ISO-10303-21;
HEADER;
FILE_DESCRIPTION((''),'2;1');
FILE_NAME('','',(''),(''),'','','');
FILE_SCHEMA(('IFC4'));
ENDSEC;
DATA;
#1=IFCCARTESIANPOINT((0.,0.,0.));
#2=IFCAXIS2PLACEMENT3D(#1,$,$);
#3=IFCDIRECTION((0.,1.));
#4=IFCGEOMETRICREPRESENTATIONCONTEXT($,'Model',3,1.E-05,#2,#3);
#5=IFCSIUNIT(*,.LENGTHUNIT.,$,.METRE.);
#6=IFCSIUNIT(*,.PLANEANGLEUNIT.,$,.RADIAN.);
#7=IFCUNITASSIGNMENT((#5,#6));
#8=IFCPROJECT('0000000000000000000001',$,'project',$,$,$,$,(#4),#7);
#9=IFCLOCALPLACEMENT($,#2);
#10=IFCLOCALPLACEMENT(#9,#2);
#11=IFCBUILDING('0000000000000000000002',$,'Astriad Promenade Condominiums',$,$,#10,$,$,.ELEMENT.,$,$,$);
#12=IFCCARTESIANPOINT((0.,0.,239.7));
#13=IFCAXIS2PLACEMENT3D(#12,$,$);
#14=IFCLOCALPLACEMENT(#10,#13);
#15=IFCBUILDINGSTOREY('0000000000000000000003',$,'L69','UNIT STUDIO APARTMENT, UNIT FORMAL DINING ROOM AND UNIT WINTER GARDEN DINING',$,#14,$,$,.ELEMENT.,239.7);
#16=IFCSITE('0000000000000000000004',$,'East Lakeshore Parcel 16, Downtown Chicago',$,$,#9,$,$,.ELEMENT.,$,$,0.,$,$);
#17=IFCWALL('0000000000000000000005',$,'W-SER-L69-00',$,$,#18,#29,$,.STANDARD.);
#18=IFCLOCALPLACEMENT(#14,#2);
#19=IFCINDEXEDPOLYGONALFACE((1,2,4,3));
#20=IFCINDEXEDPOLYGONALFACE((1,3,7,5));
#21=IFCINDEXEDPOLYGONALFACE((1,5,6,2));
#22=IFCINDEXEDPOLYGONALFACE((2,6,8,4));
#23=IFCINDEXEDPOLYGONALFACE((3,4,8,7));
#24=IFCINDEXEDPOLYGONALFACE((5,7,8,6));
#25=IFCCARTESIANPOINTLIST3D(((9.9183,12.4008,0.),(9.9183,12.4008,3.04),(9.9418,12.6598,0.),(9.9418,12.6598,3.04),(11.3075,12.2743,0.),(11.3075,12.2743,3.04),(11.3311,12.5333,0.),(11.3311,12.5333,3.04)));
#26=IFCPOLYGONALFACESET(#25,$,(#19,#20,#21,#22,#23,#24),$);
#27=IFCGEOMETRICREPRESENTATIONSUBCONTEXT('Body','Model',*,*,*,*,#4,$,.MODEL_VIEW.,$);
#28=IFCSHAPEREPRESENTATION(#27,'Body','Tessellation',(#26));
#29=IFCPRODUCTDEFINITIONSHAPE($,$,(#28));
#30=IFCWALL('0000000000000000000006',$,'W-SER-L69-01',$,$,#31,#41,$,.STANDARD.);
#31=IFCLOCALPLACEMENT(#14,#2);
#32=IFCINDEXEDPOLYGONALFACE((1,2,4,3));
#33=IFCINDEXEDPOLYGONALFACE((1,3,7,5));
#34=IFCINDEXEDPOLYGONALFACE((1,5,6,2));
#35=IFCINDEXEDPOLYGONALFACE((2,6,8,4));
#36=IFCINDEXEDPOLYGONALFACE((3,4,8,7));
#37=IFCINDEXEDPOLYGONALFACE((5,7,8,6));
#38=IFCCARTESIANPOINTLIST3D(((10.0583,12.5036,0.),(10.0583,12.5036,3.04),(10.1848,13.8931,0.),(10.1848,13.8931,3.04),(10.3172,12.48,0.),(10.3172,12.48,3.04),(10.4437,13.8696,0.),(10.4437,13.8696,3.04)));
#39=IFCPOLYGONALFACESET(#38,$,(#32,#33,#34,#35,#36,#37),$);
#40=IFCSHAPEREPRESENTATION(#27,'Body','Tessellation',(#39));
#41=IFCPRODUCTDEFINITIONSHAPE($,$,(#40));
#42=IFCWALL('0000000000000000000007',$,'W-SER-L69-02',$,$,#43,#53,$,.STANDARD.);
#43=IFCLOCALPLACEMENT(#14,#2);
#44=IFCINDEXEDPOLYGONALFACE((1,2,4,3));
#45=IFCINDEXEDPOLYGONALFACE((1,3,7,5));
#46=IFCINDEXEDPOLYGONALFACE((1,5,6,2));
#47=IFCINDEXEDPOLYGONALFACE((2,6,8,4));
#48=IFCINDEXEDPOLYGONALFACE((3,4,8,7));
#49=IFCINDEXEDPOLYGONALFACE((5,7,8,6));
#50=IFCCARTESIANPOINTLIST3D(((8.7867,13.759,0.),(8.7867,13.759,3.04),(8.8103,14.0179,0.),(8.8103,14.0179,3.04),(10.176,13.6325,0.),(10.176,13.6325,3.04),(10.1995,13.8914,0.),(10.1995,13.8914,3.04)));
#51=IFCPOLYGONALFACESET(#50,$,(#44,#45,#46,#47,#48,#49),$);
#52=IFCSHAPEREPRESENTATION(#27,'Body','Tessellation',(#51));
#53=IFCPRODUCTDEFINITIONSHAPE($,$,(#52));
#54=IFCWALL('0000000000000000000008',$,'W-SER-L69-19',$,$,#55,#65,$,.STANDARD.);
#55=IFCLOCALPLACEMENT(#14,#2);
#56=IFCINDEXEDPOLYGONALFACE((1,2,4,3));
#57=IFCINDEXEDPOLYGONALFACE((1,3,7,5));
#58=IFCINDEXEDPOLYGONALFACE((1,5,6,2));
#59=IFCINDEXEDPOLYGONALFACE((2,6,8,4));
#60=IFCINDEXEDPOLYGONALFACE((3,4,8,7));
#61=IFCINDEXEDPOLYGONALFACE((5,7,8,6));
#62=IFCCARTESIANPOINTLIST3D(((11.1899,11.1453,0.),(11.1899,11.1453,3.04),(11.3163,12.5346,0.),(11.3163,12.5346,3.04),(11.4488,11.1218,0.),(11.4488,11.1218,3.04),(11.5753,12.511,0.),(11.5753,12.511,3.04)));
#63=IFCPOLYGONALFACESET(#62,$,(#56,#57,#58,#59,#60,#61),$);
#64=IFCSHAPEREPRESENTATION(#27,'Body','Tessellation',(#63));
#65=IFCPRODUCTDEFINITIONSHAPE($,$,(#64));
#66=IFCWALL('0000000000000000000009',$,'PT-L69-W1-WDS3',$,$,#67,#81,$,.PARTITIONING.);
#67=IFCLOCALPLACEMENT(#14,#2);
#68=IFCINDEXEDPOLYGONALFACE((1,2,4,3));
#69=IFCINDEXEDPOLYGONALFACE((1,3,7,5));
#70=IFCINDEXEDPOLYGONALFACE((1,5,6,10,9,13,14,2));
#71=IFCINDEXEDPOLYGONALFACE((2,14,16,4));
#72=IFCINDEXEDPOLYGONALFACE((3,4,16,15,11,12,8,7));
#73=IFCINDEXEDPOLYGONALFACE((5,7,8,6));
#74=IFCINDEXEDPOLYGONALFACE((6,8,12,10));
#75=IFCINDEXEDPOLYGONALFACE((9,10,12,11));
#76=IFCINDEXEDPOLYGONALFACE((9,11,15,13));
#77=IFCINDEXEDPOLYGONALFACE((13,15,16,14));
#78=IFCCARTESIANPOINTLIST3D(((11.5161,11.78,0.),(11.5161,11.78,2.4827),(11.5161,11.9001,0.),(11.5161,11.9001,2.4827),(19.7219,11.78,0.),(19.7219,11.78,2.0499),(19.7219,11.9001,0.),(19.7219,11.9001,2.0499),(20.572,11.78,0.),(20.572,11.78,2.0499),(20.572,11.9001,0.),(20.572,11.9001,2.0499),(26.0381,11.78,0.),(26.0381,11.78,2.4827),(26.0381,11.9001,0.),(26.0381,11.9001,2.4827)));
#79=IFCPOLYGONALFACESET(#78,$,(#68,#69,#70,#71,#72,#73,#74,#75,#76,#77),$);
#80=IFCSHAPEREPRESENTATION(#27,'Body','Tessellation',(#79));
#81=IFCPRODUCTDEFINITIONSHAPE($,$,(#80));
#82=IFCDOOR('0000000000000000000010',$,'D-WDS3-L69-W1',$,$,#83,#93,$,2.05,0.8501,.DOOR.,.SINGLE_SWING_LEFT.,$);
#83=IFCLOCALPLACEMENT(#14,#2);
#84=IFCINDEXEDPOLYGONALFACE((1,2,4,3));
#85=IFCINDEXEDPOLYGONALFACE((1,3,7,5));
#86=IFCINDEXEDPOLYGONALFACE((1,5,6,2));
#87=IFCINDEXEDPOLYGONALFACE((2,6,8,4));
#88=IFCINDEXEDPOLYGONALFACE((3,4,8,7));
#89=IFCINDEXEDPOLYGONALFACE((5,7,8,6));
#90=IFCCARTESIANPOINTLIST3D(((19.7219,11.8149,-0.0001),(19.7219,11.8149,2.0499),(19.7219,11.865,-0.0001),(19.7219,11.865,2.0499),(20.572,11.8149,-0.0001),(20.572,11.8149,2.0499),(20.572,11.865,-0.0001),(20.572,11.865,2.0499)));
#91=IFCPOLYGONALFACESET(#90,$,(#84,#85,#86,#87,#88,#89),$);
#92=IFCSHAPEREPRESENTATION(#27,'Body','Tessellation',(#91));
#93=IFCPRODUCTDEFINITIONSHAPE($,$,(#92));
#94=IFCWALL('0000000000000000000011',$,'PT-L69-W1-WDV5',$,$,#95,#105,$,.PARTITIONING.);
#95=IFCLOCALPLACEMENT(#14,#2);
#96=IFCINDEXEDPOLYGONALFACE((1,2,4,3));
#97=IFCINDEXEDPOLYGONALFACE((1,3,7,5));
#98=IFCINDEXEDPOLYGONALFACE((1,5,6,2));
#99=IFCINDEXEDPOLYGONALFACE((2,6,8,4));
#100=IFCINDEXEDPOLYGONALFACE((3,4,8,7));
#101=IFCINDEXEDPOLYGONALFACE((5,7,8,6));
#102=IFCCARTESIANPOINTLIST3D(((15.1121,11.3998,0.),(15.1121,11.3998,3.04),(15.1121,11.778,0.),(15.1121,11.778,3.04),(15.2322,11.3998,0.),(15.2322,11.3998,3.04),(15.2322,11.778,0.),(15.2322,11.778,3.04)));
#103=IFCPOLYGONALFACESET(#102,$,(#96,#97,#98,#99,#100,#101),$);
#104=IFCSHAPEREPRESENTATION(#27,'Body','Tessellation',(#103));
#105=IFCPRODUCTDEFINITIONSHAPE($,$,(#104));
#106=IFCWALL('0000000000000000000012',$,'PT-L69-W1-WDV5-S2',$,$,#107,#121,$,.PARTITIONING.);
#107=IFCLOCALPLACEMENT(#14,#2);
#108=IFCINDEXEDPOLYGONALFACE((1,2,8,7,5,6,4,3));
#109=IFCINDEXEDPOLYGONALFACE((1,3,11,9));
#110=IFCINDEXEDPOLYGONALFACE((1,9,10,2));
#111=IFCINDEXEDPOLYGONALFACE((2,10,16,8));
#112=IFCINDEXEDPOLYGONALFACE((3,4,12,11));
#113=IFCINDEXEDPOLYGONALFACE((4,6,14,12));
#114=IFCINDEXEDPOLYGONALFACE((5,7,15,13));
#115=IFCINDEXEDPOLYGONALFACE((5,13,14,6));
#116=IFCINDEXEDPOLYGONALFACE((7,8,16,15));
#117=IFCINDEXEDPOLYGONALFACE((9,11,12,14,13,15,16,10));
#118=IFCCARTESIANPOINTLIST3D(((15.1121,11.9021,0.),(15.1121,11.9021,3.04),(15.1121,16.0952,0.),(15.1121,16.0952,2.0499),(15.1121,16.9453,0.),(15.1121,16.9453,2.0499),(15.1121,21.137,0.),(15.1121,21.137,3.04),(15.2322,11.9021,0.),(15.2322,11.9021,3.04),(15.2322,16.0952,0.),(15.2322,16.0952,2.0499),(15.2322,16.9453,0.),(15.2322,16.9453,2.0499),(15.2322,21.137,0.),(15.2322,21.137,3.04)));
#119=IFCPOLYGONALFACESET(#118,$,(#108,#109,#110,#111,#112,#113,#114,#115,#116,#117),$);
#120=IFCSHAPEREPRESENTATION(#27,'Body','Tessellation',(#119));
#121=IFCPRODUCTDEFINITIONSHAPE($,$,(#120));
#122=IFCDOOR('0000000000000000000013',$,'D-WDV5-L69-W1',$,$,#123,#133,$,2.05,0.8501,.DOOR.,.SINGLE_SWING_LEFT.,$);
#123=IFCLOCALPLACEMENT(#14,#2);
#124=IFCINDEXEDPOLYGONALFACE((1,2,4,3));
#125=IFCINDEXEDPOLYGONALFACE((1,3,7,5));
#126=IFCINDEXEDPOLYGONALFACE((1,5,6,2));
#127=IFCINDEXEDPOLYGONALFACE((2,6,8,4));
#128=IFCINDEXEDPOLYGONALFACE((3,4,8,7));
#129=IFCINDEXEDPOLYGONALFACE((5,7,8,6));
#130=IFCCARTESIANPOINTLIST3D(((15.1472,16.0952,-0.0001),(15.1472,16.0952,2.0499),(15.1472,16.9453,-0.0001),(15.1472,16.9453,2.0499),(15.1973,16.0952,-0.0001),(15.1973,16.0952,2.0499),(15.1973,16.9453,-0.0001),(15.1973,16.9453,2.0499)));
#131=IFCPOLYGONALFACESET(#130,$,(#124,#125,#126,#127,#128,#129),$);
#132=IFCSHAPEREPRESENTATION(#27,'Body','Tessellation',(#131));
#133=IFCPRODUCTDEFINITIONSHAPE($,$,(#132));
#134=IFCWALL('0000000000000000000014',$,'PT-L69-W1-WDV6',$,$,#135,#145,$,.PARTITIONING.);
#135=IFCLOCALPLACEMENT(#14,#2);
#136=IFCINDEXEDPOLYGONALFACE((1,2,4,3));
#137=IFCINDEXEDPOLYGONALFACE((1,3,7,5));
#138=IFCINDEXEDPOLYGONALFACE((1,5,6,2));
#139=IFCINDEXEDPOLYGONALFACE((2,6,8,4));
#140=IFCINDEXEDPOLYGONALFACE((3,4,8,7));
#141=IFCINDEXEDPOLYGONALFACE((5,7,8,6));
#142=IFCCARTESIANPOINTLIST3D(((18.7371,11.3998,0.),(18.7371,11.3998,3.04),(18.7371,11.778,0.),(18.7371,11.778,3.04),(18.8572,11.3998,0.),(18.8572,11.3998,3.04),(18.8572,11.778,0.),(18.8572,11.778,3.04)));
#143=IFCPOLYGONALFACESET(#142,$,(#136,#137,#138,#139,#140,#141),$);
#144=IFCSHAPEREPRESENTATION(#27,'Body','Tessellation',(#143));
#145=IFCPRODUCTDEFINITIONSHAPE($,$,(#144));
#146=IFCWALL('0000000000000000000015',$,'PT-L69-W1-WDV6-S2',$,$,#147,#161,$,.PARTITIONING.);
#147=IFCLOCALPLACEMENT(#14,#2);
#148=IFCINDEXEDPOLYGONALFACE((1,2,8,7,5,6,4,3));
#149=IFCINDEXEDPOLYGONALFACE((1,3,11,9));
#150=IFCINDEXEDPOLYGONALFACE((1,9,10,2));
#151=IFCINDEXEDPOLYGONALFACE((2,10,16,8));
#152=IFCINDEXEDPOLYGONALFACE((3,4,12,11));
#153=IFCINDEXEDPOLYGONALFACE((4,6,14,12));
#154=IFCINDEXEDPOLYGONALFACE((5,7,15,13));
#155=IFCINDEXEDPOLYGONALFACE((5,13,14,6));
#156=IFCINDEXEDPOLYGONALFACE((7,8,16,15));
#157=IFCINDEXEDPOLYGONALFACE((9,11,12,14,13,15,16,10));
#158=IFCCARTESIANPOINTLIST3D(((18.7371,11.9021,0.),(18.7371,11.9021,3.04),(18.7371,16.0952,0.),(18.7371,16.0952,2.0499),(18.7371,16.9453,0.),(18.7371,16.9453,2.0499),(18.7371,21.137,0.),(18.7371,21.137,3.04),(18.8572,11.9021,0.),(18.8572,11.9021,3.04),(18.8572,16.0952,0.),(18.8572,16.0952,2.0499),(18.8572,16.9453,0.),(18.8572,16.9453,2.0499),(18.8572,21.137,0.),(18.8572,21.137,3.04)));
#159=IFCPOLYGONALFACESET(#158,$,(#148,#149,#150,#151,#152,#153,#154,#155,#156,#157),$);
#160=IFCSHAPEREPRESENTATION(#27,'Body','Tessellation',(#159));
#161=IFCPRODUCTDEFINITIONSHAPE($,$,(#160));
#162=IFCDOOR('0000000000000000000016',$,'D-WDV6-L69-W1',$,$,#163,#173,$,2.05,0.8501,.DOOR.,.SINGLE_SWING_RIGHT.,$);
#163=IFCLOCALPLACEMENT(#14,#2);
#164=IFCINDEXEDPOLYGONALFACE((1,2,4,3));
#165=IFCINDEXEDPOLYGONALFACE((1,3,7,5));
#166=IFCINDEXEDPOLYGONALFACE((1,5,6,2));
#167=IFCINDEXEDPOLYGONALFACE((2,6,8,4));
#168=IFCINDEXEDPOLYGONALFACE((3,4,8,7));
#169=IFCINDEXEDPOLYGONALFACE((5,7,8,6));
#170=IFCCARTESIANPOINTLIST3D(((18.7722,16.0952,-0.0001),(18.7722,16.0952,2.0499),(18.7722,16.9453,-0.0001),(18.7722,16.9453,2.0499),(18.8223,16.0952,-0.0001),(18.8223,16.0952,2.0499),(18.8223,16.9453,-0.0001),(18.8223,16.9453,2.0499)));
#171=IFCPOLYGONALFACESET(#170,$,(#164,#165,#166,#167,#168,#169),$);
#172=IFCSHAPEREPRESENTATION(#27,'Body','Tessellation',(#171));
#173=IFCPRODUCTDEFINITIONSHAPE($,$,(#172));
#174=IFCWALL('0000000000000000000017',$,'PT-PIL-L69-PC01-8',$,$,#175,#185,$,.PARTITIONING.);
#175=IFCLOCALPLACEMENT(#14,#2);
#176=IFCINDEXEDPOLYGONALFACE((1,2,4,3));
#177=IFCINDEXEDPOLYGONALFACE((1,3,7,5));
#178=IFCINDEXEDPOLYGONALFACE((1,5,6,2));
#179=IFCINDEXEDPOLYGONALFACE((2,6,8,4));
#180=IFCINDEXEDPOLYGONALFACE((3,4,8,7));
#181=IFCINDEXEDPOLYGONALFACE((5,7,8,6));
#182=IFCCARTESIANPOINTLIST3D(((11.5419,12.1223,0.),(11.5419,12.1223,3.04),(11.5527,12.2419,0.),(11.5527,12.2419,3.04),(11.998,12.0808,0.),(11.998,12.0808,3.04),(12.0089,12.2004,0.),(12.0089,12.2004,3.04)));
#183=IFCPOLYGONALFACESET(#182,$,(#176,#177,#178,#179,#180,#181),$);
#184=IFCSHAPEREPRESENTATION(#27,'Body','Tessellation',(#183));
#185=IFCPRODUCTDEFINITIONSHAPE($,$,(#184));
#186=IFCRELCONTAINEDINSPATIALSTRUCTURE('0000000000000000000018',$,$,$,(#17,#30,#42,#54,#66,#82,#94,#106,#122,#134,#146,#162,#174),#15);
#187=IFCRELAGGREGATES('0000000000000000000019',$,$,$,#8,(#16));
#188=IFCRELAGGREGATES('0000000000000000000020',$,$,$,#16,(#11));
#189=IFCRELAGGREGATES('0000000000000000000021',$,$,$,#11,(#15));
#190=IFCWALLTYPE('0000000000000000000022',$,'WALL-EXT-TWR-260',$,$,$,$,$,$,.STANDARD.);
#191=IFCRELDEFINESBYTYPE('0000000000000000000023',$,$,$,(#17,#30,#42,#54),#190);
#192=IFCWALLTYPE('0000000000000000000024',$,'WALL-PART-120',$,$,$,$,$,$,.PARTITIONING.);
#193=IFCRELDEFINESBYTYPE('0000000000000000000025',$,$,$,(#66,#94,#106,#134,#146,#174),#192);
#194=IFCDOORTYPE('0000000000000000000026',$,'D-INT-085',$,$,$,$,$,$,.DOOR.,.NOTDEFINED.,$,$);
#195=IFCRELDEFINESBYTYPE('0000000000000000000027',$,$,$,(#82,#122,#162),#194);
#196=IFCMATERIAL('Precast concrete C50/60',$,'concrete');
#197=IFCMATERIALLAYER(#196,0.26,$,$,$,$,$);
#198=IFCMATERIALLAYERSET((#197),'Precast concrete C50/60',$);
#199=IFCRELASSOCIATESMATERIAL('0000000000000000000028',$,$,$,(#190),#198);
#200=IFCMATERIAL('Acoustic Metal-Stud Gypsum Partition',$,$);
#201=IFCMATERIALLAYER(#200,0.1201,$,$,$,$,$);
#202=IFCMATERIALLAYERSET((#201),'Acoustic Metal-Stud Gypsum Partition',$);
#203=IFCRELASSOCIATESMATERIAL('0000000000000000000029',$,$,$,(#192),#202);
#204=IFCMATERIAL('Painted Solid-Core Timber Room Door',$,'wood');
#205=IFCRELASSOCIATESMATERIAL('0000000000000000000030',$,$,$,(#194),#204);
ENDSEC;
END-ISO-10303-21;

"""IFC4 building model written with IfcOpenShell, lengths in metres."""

from ifc_helpers import new_model, si_unit, direction, frame, frame_2d, origin, place, context, subcontext, project, spatial, rectangle, extrude, source, transform, mapped, material, layer, layer_set, type_object, type_shapes, element, fill, save


model = new_model("IFC4")

# Units and contexts
model_context = context("Model", 3, precision=1e-05, world=origin(), true_north=direction((0.0, 1.0)))
body_context = subcontext(model_context, "Body", "Model", "MODEL_VIEW")
ifc_project = project(units=[si_unit("LENGTHUNIT", "METRE"), si_unit("PLANEANGLEUNIT", "RADIAN")], contexts=[model_context])

# Site, building, storey
site_placement = place(None, origin())
site = spatial("IfcSite", under=ifc_project, at=site_placement, Name="East Lakeshore Parcel 16, Downtown Chicago", CompositionType="ELEMENT", RefElevation=0.0)
building_placement = place(site_placement, origin())
building = spatial("IfcBuilding", under=site, at=building_placement, Name="Astriad Promenade Condominiums", CompositionType="ELEMENT")
storey_placement = place(building_placement, frame((0.0, 0.0, 239.7)))
storey = spatial("IfcBuildingStorey", under=building, at=storey_placement, Name="L69", Description="UNIT STUDIO APARTMENT, UNIT FORMAL DINING ROOM AND UNIT WINTER GARDEN DINING", CompositionType="ELEMENT", Elevation=239.7)

# Shared definitions
ifc_material_1 = material(Name="Precast concrete C50/60", Category="concrete")

# Walls
ifc_layer_1 = layer(ifc_material_1, 0.26)
ifc_layer_set_1 = layer_set([ifc_layer_1], Name="Precast concrete C50/60")
wall_type_1 = type_object("IfcWallType", Name="WALL-EXT-TWR-260", PredefinedType="STANDARD", material=ifc_layer_set_1)
wall_1_placement = place(storey_placement, frame((11.3193, 12.4038, 0.0), z_axis=(0.0, 0.0, 1.0), x_axis=(-0.995882, 0.090662, 0.0)))
element("IfcWall", 1, at=wall_1_placement, inside=storey, type_object=wall_type_1, Name="W-SER-L69-00", PredefinedType="STANDARD", context=body_context, shape_type="SweptSolid", body=[
    extrude(rectangle(XDim=1.395, YDim=0.26, at=frame_2d((0.6975, 0.0))), origin(), (0.0, 0.0, 1.0), 3.04),
])
wall_2_placement = place(storey_placement, frame((10.1877, 12.4917, 0.0), z_axis=(0.0, 0.0, 1.0), x_axis=(0.090646, 0.995883, 0.0)))
element("IfcWall", 2, at=wall_2_placement, inside=storey, type_object=wall_type_1, Name="W-SER-L69-01", PredefinedType="STANDARD", context=body_context, shape_type="SweptSolid", body=[
    extrude(rectangle(XDim=1.3953, YDim=0.26, at=frame_2d((0.6978, 0.0))), origin(), (0.0, 0.0, 1.0), 3.04),
])
for number, where, z_axis, x_axis, name in (
    (3, (10.1877, 13.762, 0.0), (0.0, 0.0, 1.0), (-0.995882, 0.090662, 0.0), "W-SER-L69-02"),
    (4, (11.3193, 11.1335, 0.0), (0.0, 0.0, 1.0), (0.090662, 0.995882, 0.0), "W-SER-L69-19"),
):
    element("IfcWall", number, at=place(storey_placement, frame(where, z_axis=z_axis, x_axis=x_axis)), inside=storey, type_object=wall_type_1, Name=name, PredefinedType="STANDARD", context=body_context, shape_type="SweptSolid", body=[
        extrude(rectangle(XDim=1.395, YDim=0.26, at=frame_2d((0.6975, 0.0))), origin(), (0.0, 0.0, 1.0), 3.04),
    ])

# Wall, opening, door
ifc_material_2 = material(Name="Acoustic Metal-Stud Gypsum Partition")
ifc_layer_2 = layer(ifc_material_2, 0.1201)
ifc_layer_set_2 = layer_set([ifc_layer_2], Name="Acoustic Metal-Stud Gypsum Partition")
wall_type_2 = type_object("IfcWallType", Name="WALL-PART-120", PredefinedType="PARTITIONING", material=ifc_layer_set_2)
wall_3_placement = place(storey_placement, frame((11.5161, 11.8401, 0.0), z_axis=(0.0, 0.0, 1.0), x_axis=(1.0, 0.0, 0.0)))
wall_3 = element("IfcWall", 5, at=wall_3_placement, inside=storey, type_object=wall_type_2, Name="PT-L69-W1-WDS3", PredefinedType="PARTITIONING", context=body_context, shape_type="SweptSolid", body=[
    extrude(rectangle(XDim=14.522, YDim=0.1201, at=frame_2d((7.261, 0.0))), origin(), (0.0, 0.0, 1.0), 2.4827),
])
opening_1_placement = place(wall_3_placement, frame((8.2058, 0.0, 0.0)))
opening_1 = element("IfcOpeningElement", 6, at=opening_1_placement, cuts=wall_3, PredefinedType="OPENING", context=body_context, shape_type="SweptSolid", body=[
    extrude(rectangle(XDim=0.8501, YDim=2.05, at=frame_2d((0.425, 1.0249))), frame((0.0, 0.0701, 0.0), z_axis=(0.0, -1.0, 0.0), x_axis=(1.0, 0.0, 0.0)), (0.0, 0.0, 1.0), 0.1401),
])
ifc_material_3 = material(Name="Painted Solid-Core Timber Room Door", Category="wood")
door_type = type_object("IfcDoorType", Name="D-INT-085", OperationType="NOTDEFINED", PredefinedType="DOOR", material=ifc_material_3)
shared_shape_1 = source(origin(), body_context, "Body", "SweptSolid", [
    extrude(rectangle(XDim=0.8501, YDim=2.05, at=frame_2d((0.425, 1.0249))), frame((0.0, 0.0249, 0.0), z_axis=(0.0, -1.0, 0.0), x_axis=(1.0, 0.0, 0.0)), (0.0, 0.0, 1.0), 0.05),
])
type_shapes(door_type, [shared_shape_1])
door_1_placement = place(opening_1_placement, origin())
door_1 = element("IfcDoor", 7, at=door_1_placement, inside=storey, type_object=door_type, Name="D-WDS3-L69-W1", OperationType="SINGLE_SWING_LEFT", OverallHeight=2.05, OverallWidth=0.8501, PredefinedType="DOOR", context=body_context, shape_type="MappedRepresentation", body=[
    mapped(shared_shape_1, transform((0.0, 0.0, 0.0), scale=1.0)),
])
fill(opening_1, door_1)

# Wall
wall_4_placement = place(storey_placement, frame((15.1721, 11.3999, 0.0), z_axis=(0.0, 0.0, 1.0), x_axis=(0.0, 1.0, 0.0)))
element("IfcWall", 8, at=wall_4_placement, inside=storey, type_object=wall_type_2, Name="PT-L69-W1-WDV5", PredefinedType="PARTITIONING", context=body_context, shape_type="SweptSolid", body=[
    extrude(rectangle(XDim=0.3782, YDim=0.1201, at=frame_2d((0.189, 0.0))), origin(), (0.0, 0.0, 1.0), 3.04),
])

# Wall, opening, door
wall_5_placement = place(storey_placement, frame((15.1721, 11.9021, 0.0), z_axis=(0.0, 0.0, 1.0), x_axis=(0.0, 1.0, 0.0)))
wall_5 = element("IfcWall", 9, at=wall_5_placement, inside=storey, type_object=wall_type_2, Name="PT-L69-W1-WDV5-S2", PredefinedType="PARTITIONING", context=body_context, shape_type="SweptSolid", body=[
    extrude(rectangle(XDim=9.2349, YDim=0.1201, at=frame_2d((4.6174, 0.0))), origin(), (0.0, 0.0, 1.0), 3.04),
])
opening_2_placement = place(wall_5_placement, frame((4.1931, 0.0, 0.0)))
opening_2 = element("IfcOpeningElement", 10, at=opening_2_placement, cuts=wall_5, PredefinedType="OPENING", context=body_context, shape_type="SweptSolid", body=[
    extrude(rectangle(XDim=0.8501, YDim=2.05, at=frame_2d((0.425, 1.0249))), frame((0.0, 0.0701, 0.0), z_axis=(0.0, -1.0, 0.0), x_axis=(1.0, 0.0, 0.0)), (0.0, 0.0, 1.0), 0.1401),
])
door_2_placement = place(opening_2_placement, origin())
door_2 = element("IfcDoor", 11, at=door_2_placement, inside=storey, type_object=door_type, Name="D-WDV5-L69-W1", OperationType="SINGLE_SWING_LEFT", OverallHeight=2.05, OverallWidth=0.8501, PredefinedType="DOOR", context=body_context, shape_type="MappedRepresentation", body=[
    mapped(shared_shape_1, transform((0.0, 0.0, 0.0), scale=1.0)),
])
fill(opening_2, door_2)

# Wall
wall_6_placement = place(storey_placement, frame((18.7971, 11.3999, 0.0), z_axis=(0.0, 0.0, 1.0), x_axis=(0.0, 1.0, 0.0)))
element("IfcWall", 12, at=wall_6_placement, inside=storey, type_object=wall_type_2, Name="PT-L69-W1-WDV6", PredefinedType="PARTITIONING", context=body_context, shape_type="SweptSolid", body=[
    extrude(rectangle(XDim=0.3782, YDim=0.1201, at=frame_2d((0.189, 0.0))), origin(), (0.0, 0.0, 1.0), 3.04),
])

# Wall, opening, door
wall_7_placement = place(storey_placement, frame((18.7971, 11.9021, 0.0), z_axis=(0.0, 0.0, 1.0), x_axis=(0.0, 1.0, 0.0)))
wall_7 = element("IfcWall", 13, at=wall_7_placement, inside=storey, type_object=wall_type_2, Name="PT-L69-W1-WDV6-S2", PredefinedType="PARTITIONING", context=body_context, shape_type="SweptSolid", body=[
    extrude(rectangle(XDim=9.2349, YDim=0.1201, at=frame_2d((4.6174, 0.0))), origin(), (0.0, 0.0, 1.0), 3.04),
])
opening_3_placement = place(wall_7_placement, frame((4.1931, 0.0, 0.0)))
opening_3 = element("IfcOpeningElement", 14, at=opening_3_placement, cuts=wall_7, PredefinedType="OPENING", context=body_context, shape_type="SweptSolid", body=[
    extrude(rectangle(XDim=0.8501, YDim=2.05, at=frame_2d((0.425, 1.0249))), frame((0.0, 0.0701, 0.0), z_axis=(0.0, -1.0, 0.0), x_axis=(1.0, 0.0, 0.0)), (0.0, 0.0, 1.0), 0.1401),
])
door_3_placement = place(opening_3_placement, origin())
door_3 = element("IfcDoor", 15, at=door_3_placement, inside=storey, type_object=door_type, Name="D-WDV6-L69-W1", OperationType="SINGLE_SWING_RIGHT", OverallHeight=2.05, OverallWidth=0.8501, PredefinedType="DOOR", context=body_context, shape_type="MappedRepresentation", body=[
    mapped(shared_shape_1, transform((0.0, 0.0, 0.0), scale=1.0)),
])
fill(opening_3, door_3)

# Wall
wall_8_placement = place(storey_placement, frame((12.0034, 12.1406, 0.0), z_axis=(0.0, 0.0, 1.0), x_axis=(-0.995884, 0.090632, 0.0)))
element("IfcWall", 16, at=wall_8_placement, inside=storey, type_object=wall_type_2, Name="PT-PIL-L69-PC01-8", PredefinedType="PARTITIONING", context=body_context, shape_type="SweptSolid", body=[
    extrude(rectangle(XDim=0.458, YDim=0.1201, at=frame_2d((0.229, 0.0))), origin(), (0.0, 0.0, 1.0), 3.04),
])

save(model, "model.ifc")
